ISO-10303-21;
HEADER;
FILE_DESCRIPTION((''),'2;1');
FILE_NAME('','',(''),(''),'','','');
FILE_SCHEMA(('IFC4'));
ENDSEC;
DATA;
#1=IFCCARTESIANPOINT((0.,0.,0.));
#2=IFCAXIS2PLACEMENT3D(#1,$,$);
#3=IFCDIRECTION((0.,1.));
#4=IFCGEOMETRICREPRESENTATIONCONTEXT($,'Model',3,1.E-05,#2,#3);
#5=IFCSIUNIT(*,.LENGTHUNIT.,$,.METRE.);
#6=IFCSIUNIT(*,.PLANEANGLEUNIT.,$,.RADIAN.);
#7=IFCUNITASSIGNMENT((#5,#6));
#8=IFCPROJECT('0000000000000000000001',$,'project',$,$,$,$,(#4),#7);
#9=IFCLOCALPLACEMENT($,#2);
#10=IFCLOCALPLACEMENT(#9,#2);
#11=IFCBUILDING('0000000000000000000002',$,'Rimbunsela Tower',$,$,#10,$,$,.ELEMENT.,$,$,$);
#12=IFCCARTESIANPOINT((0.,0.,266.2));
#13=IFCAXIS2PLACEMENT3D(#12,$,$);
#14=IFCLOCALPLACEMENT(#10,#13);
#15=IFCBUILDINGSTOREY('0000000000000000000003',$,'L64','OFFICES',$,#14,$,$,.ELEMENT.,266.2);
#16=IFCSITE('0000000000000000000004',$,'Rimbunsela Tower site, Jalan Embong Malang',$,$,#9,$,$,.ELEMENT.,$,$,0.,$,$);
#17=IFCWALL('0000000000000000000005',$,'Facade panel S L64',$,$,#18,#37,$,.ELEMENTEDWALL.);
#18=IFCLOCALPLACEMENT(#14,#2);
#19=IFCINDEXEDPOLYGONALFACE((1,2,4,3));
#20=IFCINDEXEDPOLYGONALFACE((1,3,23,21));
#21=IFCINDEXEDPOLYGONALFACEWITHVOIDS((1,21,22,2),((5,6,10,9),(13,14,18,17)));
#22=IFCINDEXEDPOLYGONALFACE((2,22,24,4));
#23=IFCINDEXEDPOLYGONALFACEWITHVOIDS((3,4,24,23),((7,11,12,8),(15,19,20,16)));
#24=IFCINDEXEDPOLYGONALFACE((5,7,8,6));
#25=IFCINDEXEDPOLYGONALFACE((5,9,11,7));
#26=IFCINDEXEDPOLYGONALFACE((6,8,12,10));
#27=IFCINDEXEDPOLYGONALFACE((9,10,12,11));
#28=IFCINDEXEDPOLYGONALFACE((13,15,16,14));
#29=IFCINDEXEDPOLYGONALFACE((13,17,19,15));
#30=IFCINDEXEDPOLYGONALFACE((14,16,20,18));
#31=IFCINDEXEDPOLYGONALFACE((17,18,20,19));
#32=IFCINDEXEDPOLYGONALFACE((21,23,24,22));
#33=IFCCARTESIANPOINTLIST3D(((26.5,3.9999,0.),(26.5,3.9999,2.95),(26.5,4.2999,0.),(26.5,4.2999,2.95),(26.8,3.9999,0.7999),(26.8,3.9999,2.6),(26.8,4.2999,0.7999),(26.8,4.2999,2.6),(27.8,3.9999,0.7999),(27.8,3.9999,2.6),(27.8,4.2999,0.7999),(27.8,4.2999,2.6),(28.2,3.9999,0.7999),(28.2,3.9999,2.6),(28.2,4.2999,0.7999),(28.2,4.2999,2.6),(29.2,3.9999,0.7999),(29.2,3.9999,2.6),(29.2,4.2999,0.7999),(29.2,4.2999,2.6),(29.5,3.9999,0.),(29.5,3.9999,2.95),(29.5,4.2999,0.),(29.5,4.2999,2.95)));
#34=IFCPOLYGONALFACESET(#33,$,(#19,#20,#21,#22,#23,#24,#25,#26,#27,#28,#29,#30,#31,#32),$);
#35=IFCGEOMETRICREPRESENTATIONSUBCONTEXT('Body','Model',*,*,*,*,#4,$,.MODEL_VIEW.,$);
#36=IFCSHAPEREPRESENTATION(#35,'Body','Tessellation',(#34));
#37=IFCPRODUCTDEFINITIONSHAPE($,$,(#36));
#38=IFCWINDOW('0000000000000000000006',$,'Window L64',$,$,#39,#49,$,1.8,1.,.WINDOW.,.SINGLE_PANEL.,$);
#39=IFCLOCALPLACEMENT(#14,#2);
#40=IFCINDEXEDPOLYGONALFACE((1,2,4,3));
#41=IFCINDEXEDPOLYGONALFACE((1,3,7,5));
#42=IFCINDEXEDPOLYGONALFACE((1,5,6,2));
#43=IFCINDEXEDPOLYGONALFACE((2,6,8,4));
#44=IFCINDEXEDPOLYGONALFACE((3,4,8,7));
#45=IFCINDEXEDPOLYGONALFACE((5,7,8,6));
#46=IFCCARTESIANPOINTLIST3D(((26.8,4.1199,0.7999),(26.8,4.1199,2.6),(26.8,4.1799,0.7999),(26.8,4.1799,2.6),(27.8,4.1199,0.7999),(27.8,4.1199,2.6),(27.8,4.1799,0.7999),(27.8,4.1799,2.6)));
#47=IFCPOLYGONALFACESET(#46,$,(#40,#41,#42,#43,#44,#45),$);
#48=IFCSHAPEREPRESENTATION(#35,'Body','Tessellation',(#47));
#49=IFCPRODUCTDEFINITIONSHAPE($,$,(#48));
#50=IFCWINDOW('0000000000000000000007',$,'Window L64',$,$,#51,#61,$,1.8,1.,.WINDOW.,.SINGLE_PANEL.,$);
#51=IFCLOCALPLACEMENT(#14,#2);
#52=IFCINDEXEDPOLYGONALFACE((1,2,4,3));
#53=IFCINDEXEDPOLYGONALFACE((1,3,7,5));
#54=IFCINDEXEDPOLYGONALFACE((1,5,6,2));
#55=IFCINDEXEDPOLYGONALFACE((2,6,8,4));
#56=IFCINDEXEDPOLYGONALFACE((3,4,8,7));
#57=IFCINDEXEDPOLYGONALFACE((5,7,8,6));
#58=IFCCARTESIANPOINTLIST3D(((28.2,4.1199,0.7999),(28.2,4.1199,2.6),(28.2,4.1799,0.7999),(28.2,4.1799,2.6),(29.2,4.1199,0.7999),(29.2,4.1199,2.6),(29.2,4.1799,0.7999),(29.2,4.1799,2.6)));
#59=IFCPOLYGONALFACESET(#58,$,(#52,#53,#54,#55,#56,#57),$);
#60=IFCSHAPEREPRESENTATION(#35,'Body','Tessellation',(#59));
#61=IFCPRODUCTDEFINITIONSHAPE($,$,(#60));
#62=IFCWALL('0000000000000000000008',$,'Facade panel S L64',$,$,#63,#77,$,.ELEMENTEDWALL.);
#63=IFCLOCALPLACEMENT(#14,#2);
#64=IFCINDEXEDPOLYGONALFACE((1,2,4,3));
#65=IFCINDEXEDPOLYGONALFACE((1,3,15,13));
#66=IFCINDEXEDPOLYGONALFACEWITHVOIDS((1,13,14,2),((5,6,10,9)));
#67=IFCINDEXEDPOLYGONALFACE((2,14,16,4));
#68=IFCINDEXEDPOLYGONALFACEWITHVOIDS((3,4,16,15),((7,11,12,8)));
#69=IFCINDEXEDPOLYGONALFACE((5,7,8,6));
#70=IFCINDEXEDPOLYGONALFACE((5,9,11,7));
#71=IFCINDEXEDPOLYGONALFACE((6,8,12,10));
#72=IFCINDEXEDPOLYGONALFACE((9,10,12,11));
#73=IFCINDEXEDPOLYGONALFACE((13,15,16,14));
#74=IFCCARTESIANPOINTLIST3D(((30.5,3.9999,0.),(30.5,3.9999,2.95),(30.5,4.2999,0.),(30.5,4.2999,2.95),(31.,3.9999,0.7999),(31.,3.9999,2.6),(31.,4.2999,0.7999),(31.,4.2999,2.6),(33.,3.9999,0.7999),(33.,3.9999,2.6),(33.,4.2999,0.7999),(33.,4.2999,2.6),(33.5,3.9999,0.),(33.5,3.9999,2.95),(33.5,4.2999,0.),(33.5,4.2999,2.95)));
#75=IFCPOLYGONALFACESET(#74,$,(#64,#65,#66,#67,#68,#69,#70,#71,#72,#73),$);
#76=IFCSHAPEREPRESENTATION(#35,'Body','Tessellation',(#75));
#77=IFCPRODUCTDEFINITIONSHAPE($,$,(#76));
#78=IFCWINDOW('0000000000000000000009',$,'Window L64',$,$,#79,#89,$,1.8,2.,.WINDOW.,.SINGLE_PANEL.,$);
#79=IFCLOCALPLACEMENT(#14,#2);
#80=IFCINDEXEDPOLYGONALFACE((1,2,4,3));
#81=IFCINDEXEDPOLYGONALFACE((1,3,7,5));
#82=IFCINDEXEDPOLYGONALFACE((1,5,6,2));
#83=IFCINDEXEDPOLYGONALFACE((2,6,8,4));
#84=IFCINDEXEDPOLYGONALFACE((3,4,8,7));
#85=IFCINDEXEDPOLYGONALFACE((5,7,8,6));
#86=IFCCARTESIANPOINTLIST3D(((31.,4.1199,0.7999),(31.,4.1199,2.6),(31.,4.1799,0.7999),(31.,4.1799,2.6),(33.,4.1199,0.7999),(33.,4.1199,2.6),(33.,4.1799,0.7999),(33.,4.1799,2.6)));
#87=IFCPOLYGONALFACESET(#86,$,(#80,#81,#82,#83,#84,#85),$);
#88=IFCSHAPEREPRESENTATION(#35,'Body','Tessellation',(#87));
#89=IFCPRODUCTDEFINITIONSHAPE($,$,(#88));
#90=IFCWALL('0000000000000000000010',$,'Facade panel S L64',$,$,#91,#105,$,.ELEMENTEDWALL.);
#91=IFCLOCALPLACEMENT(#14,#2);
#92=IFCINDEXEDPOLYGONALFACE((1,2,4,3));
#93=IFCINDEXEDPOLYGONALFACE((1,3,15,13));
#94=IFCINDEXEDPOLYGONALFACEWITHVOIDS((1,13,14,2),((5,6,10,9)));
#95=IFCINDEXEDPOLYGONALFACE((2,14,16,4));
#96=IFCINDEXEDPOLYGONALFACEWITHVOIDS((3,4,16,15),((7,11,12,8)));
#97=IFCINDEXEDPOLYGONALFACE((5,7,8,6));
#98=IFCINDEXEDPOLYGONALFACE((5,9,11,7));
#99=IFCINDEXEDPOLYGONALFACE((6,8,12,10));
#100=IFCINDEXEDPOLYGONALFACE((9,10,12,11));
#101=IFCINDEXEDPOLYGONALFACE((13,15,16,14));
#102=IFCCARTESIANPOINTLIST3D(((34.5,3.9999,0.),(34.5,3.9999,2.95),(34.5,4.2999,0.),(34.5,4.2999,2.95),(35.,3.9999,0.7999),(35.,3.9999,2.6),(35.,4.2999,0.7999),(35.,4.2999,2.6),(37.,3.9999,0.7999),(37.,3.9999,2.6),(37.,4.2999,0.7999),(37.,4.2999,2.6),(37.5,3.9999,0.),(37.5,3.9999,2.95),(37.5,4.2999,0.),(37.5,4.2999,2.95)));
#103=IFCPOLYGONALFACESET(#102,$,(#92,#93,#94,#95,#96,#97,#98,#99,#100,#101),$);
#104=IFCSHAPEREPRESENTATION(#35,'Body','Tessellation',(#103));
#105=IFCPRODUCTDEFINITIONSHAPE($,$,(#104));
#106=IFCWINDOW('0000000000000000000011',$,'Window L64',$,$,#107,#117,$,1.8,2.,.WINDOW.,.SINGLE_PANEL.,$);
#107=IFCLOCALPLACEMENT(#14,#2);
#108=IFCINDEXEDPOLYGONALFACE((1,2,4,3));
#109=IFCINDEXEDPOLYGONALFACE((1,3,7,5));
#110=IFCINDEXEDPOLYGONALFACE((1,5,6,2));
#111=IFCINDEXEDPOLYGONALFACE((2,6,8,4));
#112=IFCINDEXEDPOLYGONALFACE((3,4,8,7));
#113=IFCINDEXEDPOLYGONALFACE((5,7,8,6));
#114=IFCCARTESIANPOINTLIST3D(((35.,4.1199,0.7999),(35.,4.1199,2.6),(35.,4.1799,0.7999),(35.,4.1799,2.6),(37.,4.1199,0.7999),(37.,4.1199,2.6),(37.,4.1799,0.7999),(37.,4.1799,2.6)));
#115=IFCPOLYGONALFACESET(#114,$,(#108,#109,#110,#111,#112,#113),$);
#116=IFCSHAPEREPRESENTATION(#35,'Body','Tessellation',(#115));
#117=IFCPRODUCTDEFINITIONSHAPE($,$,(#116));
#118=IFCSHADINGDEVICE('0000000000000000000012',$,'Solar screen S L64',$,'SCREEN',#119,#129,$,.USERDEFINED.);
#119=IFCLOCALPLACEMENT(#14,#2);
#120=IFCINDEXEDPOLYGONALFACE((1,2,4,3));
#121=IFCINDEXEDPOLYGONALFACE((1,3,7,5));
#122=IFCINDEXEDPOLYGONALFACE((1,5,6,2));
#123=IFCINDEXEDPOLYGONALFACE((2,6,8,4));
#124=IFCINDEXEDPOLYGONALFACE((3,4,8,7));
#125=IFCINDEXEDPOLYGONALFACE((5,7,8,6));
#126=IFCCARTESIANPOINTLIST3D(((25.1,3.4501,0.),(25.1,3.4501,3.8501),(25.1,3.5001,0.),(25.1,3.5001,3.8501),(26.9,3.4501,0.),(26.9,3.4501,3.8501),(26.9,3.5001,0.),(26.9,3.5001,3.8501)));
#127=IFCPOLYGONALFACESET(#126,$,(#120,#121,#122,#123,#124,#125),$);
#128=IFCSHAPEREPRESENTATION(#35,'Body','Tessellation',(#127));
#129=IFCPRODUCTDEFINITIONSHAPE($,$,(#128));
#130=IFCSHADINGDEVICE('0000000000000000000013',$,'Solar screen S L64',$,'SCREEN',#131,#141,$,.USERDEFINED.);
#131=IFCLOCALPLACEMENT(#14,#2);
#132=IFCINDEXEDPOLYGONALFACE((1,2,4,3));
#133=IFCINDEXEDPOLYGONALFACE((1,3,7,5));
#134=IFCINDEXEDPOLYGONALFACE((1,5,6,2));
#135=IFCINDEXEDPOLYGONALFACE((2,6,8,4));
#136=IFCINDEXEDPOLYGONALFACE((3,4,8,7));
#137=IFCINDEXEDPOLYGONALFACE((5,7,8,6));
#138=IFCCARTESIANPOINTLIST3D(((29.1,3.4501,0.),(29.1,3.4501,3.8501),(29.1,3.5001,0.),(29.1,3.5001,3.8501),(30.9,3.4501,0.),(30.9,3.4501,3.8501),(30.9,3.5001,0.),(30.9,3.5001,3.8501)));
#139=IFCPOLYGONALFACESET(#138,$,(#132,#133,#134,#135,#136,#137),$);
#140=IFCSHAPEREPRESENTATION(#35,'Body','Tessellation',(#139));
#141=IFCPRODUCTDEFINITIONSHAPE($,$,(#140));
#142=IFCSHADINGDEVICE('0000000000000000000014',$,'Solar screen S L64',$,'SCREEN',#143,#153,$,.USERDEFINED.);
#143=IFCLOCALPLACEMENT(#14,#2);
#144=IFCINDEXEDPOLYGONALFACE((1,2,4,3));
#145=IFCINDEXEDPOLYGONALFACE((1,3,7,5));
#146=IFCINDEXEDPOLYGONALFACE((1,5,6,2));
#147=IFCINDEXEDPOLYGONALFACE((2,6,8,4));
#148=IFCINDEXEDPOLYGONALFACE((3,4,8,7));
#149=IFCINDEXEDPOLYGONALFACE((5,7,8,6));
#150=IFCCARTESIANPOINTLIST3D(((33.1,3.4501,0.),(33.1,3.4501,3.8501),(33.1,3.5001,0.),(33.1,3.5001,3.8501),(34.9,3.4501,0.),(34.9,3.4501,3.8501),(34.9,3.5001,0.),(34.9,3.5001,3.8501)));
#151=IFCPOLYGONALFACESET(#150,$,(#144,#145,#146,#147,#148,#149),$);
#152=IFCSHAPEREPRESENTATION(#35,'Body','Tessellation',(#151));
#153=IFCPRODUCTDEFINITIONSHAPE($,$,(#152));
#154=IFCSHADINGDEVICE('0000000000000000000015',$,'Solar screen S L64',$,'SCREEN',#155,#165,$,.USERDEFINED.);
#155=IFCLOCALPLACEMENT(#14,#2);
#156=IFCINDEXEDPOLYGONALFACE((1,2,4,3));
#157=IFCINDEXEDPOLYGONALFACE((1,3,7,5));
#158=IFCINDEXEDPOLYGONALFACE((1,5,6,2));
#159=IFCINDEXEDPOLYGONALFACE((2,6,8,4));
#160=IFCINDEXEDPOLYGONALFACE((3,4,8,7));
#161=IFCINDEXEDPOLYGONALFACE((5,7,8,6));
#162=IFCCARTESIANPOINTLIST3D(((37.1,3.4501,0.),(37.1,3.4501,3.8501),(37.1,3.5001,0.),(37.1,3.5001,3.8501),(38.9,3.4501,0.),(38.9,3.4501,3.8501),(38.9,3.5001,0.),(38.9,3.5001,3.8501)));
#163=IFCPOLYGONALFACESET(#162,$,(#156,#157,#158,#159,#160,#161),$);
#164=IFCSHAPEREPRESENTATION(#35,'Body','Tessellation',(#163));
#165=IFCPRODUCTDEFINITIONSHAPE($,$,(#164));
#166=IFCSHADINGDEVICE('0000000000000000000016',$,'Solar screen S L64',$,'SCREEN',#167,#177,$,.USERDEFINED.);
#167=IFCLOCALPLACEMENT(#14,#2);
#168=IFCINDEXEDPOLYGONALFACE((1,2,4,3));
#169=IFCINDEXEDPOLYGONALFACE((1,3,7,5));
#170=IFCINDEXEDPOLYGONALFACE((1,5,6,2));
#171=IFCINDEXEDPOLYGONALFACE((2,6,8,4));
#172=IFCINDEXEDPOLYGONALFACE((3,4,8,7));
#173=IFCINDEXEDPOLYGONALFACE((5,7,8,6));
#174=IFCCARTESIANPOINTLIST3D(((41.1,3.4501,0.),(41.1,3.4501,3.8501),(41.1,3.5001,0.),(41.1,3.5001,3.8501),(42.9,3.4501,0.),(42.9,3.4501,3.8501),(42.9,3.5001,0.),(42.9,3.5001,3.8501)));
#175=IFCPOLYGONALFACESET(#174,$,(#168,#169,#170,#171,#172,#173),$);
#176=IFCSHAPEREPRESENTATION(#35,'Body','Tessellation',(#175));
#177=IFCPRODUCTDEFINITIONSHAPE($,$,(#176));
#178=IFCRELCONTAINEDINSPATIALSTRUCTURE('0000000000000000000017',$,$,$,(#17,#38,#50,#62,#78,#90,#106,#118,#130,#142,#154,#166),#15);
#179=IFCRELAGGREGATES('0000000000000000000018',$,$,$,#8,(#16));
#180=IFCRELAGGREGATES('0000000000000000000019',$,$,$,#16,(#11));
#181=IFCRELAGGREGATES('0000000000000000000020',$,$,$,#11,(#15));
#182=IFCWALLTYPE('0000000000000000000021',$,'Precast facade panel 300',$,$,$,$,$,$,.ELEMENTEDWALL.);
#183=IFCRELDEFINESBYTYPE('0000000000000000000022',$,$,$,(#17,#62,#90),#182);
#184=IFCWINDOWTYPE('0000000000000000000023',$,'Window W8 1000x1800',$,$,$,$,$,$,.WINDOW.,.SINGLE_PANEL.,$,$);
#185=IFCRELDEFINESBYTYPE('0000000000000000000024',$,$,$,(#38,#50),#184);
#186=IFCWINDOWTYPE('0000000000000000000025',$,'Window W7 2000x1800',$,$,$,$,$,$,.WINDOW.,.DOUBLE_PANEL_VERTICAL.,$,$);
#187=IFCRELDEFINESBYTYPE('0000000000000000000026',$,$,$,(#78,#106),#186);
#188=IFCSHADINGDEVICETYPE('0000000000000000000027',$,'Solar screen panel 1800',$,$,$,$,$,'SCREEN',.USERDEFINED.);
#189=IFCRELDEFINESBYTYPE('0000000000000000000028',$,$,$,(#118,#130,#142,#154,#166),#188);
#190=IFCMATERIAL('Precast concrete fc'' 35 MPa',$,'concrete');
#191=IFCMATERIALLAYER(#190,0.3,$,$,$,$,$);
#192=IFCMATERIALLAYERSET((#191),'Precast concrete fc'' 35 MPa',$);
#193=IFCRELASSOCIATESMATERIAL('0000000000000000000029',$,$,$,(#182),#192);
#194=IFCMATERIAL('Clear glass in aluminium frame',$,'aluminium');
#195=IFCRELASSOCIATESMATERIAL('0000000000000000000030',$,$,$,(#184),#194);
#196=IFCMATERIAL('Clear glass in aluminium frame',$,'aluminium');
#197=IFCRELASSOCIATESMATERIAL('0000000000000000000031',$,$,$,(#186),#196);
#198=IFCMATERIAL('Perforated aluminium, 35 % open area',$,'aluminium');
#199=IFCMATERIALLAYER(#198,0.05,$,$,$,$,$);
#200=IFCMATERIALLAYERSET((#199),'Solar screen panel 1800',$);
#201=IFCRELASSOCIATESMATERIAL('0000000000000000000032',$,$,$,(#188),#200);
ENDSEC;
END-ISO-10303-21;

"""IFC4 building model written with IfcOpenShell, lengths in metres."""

from ifc_helpers import new_model, si_unit, direction, frame, frame_2d, origin, origin_2d, place, context, subcontext, project, spatial, rectangle, extrude, material, layer, layer_set, type_object, element, fill, save


model = new_model("IFC4")

# Units and contexts
model_context = context("Model", 3, precision=1e-05, world=origin(), true_north=direction((0.0, 1.0)))
body_context = subcontext(model_context, "Body", "Model", "MODEL_VIEW")
ifc_project = project(units=[si_unit("LENGTHUNIT", "METRE"), si_unit("PLANEANGLEUNIT", "RADIAN")], contexts=[model_context])

# Site, building, storey
site_placement = place(None, origin())
site = spatial("IfcSite", under=ifc_project, at=site_placement, Name="Rimbunsela Tower site, Jalan Embong Malang", CompositionType="ELEMENT", RefElevation=0.0)
building_placement = place(site_placement, origin())
building = spatial("IfcBuilding", under=site, at=building_placement, Name="Rimbunsela Tower", CompositionType="ELEMENT")
storey_placement = place(building_placement, frame((0.0, 0.0, 266.2)))
storey = spatial("IfcBuildingStorey", under=building, at=storey_placement, Name="L64", Description="OFFICES", CompositionType="ELEMENT", Elevation=266.2)

# Wall, openings, windows
ifc_material_1 = material(Name="Precast concrete fc' 35 MPa", Category="concrete")
ifc_layer_1 = layer(ifc_material_1, 0.3)
ifc_layer_set_1 = layer_set([ifc_layer_1], Name="Precast concrete fc' 35 MPa")
wall_type = type_object("IfcWallType", Name="Precast facade panel 300", PredefinedType="ELEMENTEDWALL", material=ifc_layer_set_1)
wall_1_placement = place(storey_placement, frame((26.5, 4.1499, 0.0), z_axis=(0.0, 0.0, 1.0), x_axis=(1.0, 0.0, 0.0)))
wall_1 = element("IfcWall", 1, at=wall_1_placement, inside=storey, type_object=wall_type, Name="Facade panel S L64", PredefinedType="ELEMENTEDWALL", context=body_context, shape_type="SweptSolid", body=[
    extrude(rectangle(XDim=3.0, YDim=0.3, at=frame_2d((1.5, 0.0))), origin(), (0.0, 0.0, 1.0), 2.95),
])
opening_1_placement = place(wall_1_placement, frame((0.3, 0.0, 0.8)))
opening_1 = element("IfcOpeningElement", 2, at=opening_1_placement, cuts=wall_1, PredefinedType="OPENING", context=body_context, shape_type="SweptSolid", body=[
    extrude(rectangle(XDim=1.0, YDim=1.8, at=frame_2d((0.5, 0.8999))), frame((0.0, 0.1599, 0.0), z_axis=(0.0, -1.0, 0.0), x_axis=(1.0, 0.0, 0.0)), (0.0, 0.0, 1.0), 0.3201),
])
opening_2_placement = place(wall_1_placement, frame((1.7, 0.0, 0.8)))
opening_2 = element("IfcOpeningElement", 3, at=opening_2_placement, cuts=wall_1, PredefinedType="OPENING", context=body_context, shape_type="SweptSolid", body=[
    extrude(rectangle(XDim=1.0, YDim=1.8, at=frame_2d((0.5, 0.8999))), frame((0.0, 0.1599, 0.0), z_axis=(0.0, -1.0, 0.0), x_axis=(1.0, 0.0, 0.0)), (0.0, 0.0, 1.0), 0.3201),
])
ifc_material_2 = material(Name="Clear glass in aluminium frame", Category="aluminium")
window_type_1 = type_object("IfcWindowType", Name="Window W8 1000x1800", PartitioningType="SINGLE_PANEL", PredefinedType="WINDOW", material=ifc_material_2)
window_1_placement = place(opening_1_placement, origin())
window_1 = element("IfcWindow", 4, at=window_1_placement, inside=storey, type_object=window_type_1, Name="Window L64", OverallHeight=1.8, OverallWidth=1.0, PartitioningType="SINGLE_PANEL", PredefinedType="WINDOW", context=body_context, shape_type="SweptSolid", body=[
    extrude(rectangle(XDim=1.0, YDim=1.8, at=frame_2d((0.5, 0.8999))), frame((0.0, 0.03, 0.0), z_axis=(0.0, -1.0, 0.0), x_axis=(1.0, 0.0, 0.0)), (0.0, 0.0, 1.0), 0.0601),
])
fill(opening_1, window_1)
window_2_placement = place(opening_2_placement, origin())
window_2 = element("IfcWindow", 5, at=window_2_placement, inside=storey, type_object=window_type_1, Name="Window L64", OverallHeight=1.8, OverallWidth=1.0, PartitioningType="SINGLE_PANEL", PredefinedType="WINDOW", context=body_context, shape_type="SweptSolid", body=[
    extrude(rectangle(XDim=1.0, YDim=1.8, at=frame_2d((0.5, 0.8999))), frame((0.0, 0.03, 0.0), z_axis=(0.0, -1.0, 0.0), x_axis=(1.0, 0.0, 0.0)), (0.0, 0.0, 1.0), 0.0601),
])
fill(opening_2, window_2)

# Walls, openings, windows
wall_2_placement = place(storey_placement, frame((30.5, 4.1499, 0.0), z_axis=(0.0, 0.0, 1.0), x_axis=(1.0, 0.0, 0.0)))
wall_2 = element("IfcWall", 6, at=wall_2_placement, inside=storey, type_object=wall_type, Name="Facade panel S L64", PredefinedType="ELEMENTEDWALL", context=body_context, shape_type="SweptSolid", body=[
    extrude(rectangle(XDim=3.0, YDim=0.3, at=frame_2d((1.5, 0.0))), origin(), (0.0, 0.0, 1.0), 2.95),
])
opening_3_placement = place(wall_2_placement, frame((0.5, 0.0, 0.8)))
opening_3 = element("IfcOpeningElement", 7, at=opening_3_placement, cuts=wall_2, PredefinedType="OPENING", context=body_context, shape_type="SweptSolid", body=[
    extrude(rectangle(XDim=2.0, YDim=1.8, at=frame_2d((1.0, 0.8999))), frame((0.0, 0.1599, 0.0), z_axis=(0.0, -1.0, 0.0), x_axis=(1.0, 0.0, 0.0)), (0.0, 0.0, 1.0), 0.3201),
])
ifc_material_3 = material(Name="Clear glass in aluminium frame", Category="aluminium")
window_type_2 = type_object("IfcWindowType", Name="Window W7 2000x1800", PartitioningType="DOUBLE_PANEL_VERTICAL", PredefinedType="WINDOW", material=ifc_material_3)
window_3_placement = place(opening_3_placement, origin())
window_3 = element("IfcWindow", 8, at=window_3_placement, inside=storey, type_object=window_type_2, Name="Window L64", OverallHeight=1.8, OverallWidth=2.0, PartitioningType="SINGLE_PANEL", PredefinedType="WINDOW", context=body_context, shape_type="SweptSolid", body=[
    extrude(rectangle(XDim=2.0, YDim=1.8, at=frame_2d((1.0, 0.8999))), frame((0.0, 0.03, 0.0), z_axis=(0.0, -1.0, 0.0), x_axis=(1.0, 0.0, 0.0)), (0.0, 0.0, 1.0), 0.0601),
])
fill(opening_3, window_3)
wall_3_placement = place(storey_placement, frame((34.5, 4.1499, 0.0), z_axis=(0.0, 0.0, 1.0), x_axis=(1.0, 0.0, 0.0)))
wall_3 = element("IfcWall", 9, at=wall_3_placement, inside=storey, type_object=wall_type, Name="Facade panel S L64", PredefinedType="ELEMENTEDWALL", context=body_context, shape_type="SweptSolid", body=[
    extrude(rectangle(XDim=3.0, YDim=0.3, at=frame_2d((1.5, 0.0))), origin(), (0.0, 0.0, 1.0), 2.95),
])
opening_4_placement = place(wall_3_placement, frame((0.5, 0.0, 0.8)))
opening_4 = element("IfcOpeningElement", 10, at=opening_4_placement, cuts=wall_3, PredefinedType="OPENING", context=body_context, shape_type="SweptSolid", body=[
    extrude(rectangle(XDim=2.0, YDim=1.8, at=frame_2d((1.0, 0.8999))), frame((0.0, 0.1599, 0.0), z_axis=(0.0, -1.0, 0.0), x_axis=(1.0, 0.0, 0.0)), (0.0, 0.0, 1.0), 0.3201),
])
window_4_placement = place(opening_4_placement, origin())
window_4 = element("IfcWindow", 11, at=window_4_placement, inside=storey, type_object=window_type_2, Name="Window L64", OverallHeight=1.8, OverallWidth=2.0, PartitioningType="SINGLE_PANEL", PredefinedType="WINDOW", context=body_context, shape_type="SweptSolid", body=[
    extrude(rectangle(XDim=2.0, YDim=1.8, at=frame_2d((1.0, 0.8999))), frame((0.0, 0.03, 0.0), z_axis=(0.0, -1.0, 0.0), x_axis=(1.0, 0.0, 0.0)), (0.0, 0.0, 1.0), 0.0601),
])
fill(opening_4, window_4)

# Shading devices
ifc_material_4 = material(Name="Perforated aluminium, 35 % open area", Category="aluminium")
ifc_layer_2 = layer(ifc_material_4, 0.05)
ifc_layer_set_2 = layer_set([ifc_layer_2], Name="Solar screen panel 1800")
shading_device_type = type_object("IfcShadingDeviceType", Name="Solar screen panel 1800", ElementType="SCREEN", PredefinedType="USERDEFINED", material=ifc_layer_set_2)
for number, where, z_axis, x_axis, name in (
    (12, (26.0, 3.4751, 0.0), (0.0, 0.0, 1.0), (1.0, 0.0, 0.0), "Solar screen S L64"),
    (13, (30.0, 3.4751, 0.0), (0.0, 0.0, 1.0), (1.0, 0.0, 0.0), "Solar screen S L64"),
    (14, (34.0, 3.4751, 0.0), (0.0, 0.0, 1.0), (1.0, 0.0, 0.0), "Solar screen S L64"),
    (15, (38.0, 3.4751, 0.0), (0.0, 0.0, 1.0), (1.0, 0.0, 0.0), "Solar screen S L64"),
    (16, (42.0, 3.4751, 0.0), (0.0, 0.0, 1.0), (1.0, 0.0, 0.0), "Solar screen S L64"),
):
    element("IfcShadingDevice", number, at=place(storey_placement, frame(where, z_axis=z_axis, x_axis=x_axis)), inside=storey, type_object=shading_device_type, Name=name, ObjectType="SCREEN", PredefinedType="USERDEFINED", context=body_context, shape_type="SweptSolid", body=[
        extrude(rectangle(XDim=1.8, YDim=0.05, at=origin_2d()), origin(), (0.0, 0.0, 1.0), 3.8501),
    ])

save(model, "model.ifc")
